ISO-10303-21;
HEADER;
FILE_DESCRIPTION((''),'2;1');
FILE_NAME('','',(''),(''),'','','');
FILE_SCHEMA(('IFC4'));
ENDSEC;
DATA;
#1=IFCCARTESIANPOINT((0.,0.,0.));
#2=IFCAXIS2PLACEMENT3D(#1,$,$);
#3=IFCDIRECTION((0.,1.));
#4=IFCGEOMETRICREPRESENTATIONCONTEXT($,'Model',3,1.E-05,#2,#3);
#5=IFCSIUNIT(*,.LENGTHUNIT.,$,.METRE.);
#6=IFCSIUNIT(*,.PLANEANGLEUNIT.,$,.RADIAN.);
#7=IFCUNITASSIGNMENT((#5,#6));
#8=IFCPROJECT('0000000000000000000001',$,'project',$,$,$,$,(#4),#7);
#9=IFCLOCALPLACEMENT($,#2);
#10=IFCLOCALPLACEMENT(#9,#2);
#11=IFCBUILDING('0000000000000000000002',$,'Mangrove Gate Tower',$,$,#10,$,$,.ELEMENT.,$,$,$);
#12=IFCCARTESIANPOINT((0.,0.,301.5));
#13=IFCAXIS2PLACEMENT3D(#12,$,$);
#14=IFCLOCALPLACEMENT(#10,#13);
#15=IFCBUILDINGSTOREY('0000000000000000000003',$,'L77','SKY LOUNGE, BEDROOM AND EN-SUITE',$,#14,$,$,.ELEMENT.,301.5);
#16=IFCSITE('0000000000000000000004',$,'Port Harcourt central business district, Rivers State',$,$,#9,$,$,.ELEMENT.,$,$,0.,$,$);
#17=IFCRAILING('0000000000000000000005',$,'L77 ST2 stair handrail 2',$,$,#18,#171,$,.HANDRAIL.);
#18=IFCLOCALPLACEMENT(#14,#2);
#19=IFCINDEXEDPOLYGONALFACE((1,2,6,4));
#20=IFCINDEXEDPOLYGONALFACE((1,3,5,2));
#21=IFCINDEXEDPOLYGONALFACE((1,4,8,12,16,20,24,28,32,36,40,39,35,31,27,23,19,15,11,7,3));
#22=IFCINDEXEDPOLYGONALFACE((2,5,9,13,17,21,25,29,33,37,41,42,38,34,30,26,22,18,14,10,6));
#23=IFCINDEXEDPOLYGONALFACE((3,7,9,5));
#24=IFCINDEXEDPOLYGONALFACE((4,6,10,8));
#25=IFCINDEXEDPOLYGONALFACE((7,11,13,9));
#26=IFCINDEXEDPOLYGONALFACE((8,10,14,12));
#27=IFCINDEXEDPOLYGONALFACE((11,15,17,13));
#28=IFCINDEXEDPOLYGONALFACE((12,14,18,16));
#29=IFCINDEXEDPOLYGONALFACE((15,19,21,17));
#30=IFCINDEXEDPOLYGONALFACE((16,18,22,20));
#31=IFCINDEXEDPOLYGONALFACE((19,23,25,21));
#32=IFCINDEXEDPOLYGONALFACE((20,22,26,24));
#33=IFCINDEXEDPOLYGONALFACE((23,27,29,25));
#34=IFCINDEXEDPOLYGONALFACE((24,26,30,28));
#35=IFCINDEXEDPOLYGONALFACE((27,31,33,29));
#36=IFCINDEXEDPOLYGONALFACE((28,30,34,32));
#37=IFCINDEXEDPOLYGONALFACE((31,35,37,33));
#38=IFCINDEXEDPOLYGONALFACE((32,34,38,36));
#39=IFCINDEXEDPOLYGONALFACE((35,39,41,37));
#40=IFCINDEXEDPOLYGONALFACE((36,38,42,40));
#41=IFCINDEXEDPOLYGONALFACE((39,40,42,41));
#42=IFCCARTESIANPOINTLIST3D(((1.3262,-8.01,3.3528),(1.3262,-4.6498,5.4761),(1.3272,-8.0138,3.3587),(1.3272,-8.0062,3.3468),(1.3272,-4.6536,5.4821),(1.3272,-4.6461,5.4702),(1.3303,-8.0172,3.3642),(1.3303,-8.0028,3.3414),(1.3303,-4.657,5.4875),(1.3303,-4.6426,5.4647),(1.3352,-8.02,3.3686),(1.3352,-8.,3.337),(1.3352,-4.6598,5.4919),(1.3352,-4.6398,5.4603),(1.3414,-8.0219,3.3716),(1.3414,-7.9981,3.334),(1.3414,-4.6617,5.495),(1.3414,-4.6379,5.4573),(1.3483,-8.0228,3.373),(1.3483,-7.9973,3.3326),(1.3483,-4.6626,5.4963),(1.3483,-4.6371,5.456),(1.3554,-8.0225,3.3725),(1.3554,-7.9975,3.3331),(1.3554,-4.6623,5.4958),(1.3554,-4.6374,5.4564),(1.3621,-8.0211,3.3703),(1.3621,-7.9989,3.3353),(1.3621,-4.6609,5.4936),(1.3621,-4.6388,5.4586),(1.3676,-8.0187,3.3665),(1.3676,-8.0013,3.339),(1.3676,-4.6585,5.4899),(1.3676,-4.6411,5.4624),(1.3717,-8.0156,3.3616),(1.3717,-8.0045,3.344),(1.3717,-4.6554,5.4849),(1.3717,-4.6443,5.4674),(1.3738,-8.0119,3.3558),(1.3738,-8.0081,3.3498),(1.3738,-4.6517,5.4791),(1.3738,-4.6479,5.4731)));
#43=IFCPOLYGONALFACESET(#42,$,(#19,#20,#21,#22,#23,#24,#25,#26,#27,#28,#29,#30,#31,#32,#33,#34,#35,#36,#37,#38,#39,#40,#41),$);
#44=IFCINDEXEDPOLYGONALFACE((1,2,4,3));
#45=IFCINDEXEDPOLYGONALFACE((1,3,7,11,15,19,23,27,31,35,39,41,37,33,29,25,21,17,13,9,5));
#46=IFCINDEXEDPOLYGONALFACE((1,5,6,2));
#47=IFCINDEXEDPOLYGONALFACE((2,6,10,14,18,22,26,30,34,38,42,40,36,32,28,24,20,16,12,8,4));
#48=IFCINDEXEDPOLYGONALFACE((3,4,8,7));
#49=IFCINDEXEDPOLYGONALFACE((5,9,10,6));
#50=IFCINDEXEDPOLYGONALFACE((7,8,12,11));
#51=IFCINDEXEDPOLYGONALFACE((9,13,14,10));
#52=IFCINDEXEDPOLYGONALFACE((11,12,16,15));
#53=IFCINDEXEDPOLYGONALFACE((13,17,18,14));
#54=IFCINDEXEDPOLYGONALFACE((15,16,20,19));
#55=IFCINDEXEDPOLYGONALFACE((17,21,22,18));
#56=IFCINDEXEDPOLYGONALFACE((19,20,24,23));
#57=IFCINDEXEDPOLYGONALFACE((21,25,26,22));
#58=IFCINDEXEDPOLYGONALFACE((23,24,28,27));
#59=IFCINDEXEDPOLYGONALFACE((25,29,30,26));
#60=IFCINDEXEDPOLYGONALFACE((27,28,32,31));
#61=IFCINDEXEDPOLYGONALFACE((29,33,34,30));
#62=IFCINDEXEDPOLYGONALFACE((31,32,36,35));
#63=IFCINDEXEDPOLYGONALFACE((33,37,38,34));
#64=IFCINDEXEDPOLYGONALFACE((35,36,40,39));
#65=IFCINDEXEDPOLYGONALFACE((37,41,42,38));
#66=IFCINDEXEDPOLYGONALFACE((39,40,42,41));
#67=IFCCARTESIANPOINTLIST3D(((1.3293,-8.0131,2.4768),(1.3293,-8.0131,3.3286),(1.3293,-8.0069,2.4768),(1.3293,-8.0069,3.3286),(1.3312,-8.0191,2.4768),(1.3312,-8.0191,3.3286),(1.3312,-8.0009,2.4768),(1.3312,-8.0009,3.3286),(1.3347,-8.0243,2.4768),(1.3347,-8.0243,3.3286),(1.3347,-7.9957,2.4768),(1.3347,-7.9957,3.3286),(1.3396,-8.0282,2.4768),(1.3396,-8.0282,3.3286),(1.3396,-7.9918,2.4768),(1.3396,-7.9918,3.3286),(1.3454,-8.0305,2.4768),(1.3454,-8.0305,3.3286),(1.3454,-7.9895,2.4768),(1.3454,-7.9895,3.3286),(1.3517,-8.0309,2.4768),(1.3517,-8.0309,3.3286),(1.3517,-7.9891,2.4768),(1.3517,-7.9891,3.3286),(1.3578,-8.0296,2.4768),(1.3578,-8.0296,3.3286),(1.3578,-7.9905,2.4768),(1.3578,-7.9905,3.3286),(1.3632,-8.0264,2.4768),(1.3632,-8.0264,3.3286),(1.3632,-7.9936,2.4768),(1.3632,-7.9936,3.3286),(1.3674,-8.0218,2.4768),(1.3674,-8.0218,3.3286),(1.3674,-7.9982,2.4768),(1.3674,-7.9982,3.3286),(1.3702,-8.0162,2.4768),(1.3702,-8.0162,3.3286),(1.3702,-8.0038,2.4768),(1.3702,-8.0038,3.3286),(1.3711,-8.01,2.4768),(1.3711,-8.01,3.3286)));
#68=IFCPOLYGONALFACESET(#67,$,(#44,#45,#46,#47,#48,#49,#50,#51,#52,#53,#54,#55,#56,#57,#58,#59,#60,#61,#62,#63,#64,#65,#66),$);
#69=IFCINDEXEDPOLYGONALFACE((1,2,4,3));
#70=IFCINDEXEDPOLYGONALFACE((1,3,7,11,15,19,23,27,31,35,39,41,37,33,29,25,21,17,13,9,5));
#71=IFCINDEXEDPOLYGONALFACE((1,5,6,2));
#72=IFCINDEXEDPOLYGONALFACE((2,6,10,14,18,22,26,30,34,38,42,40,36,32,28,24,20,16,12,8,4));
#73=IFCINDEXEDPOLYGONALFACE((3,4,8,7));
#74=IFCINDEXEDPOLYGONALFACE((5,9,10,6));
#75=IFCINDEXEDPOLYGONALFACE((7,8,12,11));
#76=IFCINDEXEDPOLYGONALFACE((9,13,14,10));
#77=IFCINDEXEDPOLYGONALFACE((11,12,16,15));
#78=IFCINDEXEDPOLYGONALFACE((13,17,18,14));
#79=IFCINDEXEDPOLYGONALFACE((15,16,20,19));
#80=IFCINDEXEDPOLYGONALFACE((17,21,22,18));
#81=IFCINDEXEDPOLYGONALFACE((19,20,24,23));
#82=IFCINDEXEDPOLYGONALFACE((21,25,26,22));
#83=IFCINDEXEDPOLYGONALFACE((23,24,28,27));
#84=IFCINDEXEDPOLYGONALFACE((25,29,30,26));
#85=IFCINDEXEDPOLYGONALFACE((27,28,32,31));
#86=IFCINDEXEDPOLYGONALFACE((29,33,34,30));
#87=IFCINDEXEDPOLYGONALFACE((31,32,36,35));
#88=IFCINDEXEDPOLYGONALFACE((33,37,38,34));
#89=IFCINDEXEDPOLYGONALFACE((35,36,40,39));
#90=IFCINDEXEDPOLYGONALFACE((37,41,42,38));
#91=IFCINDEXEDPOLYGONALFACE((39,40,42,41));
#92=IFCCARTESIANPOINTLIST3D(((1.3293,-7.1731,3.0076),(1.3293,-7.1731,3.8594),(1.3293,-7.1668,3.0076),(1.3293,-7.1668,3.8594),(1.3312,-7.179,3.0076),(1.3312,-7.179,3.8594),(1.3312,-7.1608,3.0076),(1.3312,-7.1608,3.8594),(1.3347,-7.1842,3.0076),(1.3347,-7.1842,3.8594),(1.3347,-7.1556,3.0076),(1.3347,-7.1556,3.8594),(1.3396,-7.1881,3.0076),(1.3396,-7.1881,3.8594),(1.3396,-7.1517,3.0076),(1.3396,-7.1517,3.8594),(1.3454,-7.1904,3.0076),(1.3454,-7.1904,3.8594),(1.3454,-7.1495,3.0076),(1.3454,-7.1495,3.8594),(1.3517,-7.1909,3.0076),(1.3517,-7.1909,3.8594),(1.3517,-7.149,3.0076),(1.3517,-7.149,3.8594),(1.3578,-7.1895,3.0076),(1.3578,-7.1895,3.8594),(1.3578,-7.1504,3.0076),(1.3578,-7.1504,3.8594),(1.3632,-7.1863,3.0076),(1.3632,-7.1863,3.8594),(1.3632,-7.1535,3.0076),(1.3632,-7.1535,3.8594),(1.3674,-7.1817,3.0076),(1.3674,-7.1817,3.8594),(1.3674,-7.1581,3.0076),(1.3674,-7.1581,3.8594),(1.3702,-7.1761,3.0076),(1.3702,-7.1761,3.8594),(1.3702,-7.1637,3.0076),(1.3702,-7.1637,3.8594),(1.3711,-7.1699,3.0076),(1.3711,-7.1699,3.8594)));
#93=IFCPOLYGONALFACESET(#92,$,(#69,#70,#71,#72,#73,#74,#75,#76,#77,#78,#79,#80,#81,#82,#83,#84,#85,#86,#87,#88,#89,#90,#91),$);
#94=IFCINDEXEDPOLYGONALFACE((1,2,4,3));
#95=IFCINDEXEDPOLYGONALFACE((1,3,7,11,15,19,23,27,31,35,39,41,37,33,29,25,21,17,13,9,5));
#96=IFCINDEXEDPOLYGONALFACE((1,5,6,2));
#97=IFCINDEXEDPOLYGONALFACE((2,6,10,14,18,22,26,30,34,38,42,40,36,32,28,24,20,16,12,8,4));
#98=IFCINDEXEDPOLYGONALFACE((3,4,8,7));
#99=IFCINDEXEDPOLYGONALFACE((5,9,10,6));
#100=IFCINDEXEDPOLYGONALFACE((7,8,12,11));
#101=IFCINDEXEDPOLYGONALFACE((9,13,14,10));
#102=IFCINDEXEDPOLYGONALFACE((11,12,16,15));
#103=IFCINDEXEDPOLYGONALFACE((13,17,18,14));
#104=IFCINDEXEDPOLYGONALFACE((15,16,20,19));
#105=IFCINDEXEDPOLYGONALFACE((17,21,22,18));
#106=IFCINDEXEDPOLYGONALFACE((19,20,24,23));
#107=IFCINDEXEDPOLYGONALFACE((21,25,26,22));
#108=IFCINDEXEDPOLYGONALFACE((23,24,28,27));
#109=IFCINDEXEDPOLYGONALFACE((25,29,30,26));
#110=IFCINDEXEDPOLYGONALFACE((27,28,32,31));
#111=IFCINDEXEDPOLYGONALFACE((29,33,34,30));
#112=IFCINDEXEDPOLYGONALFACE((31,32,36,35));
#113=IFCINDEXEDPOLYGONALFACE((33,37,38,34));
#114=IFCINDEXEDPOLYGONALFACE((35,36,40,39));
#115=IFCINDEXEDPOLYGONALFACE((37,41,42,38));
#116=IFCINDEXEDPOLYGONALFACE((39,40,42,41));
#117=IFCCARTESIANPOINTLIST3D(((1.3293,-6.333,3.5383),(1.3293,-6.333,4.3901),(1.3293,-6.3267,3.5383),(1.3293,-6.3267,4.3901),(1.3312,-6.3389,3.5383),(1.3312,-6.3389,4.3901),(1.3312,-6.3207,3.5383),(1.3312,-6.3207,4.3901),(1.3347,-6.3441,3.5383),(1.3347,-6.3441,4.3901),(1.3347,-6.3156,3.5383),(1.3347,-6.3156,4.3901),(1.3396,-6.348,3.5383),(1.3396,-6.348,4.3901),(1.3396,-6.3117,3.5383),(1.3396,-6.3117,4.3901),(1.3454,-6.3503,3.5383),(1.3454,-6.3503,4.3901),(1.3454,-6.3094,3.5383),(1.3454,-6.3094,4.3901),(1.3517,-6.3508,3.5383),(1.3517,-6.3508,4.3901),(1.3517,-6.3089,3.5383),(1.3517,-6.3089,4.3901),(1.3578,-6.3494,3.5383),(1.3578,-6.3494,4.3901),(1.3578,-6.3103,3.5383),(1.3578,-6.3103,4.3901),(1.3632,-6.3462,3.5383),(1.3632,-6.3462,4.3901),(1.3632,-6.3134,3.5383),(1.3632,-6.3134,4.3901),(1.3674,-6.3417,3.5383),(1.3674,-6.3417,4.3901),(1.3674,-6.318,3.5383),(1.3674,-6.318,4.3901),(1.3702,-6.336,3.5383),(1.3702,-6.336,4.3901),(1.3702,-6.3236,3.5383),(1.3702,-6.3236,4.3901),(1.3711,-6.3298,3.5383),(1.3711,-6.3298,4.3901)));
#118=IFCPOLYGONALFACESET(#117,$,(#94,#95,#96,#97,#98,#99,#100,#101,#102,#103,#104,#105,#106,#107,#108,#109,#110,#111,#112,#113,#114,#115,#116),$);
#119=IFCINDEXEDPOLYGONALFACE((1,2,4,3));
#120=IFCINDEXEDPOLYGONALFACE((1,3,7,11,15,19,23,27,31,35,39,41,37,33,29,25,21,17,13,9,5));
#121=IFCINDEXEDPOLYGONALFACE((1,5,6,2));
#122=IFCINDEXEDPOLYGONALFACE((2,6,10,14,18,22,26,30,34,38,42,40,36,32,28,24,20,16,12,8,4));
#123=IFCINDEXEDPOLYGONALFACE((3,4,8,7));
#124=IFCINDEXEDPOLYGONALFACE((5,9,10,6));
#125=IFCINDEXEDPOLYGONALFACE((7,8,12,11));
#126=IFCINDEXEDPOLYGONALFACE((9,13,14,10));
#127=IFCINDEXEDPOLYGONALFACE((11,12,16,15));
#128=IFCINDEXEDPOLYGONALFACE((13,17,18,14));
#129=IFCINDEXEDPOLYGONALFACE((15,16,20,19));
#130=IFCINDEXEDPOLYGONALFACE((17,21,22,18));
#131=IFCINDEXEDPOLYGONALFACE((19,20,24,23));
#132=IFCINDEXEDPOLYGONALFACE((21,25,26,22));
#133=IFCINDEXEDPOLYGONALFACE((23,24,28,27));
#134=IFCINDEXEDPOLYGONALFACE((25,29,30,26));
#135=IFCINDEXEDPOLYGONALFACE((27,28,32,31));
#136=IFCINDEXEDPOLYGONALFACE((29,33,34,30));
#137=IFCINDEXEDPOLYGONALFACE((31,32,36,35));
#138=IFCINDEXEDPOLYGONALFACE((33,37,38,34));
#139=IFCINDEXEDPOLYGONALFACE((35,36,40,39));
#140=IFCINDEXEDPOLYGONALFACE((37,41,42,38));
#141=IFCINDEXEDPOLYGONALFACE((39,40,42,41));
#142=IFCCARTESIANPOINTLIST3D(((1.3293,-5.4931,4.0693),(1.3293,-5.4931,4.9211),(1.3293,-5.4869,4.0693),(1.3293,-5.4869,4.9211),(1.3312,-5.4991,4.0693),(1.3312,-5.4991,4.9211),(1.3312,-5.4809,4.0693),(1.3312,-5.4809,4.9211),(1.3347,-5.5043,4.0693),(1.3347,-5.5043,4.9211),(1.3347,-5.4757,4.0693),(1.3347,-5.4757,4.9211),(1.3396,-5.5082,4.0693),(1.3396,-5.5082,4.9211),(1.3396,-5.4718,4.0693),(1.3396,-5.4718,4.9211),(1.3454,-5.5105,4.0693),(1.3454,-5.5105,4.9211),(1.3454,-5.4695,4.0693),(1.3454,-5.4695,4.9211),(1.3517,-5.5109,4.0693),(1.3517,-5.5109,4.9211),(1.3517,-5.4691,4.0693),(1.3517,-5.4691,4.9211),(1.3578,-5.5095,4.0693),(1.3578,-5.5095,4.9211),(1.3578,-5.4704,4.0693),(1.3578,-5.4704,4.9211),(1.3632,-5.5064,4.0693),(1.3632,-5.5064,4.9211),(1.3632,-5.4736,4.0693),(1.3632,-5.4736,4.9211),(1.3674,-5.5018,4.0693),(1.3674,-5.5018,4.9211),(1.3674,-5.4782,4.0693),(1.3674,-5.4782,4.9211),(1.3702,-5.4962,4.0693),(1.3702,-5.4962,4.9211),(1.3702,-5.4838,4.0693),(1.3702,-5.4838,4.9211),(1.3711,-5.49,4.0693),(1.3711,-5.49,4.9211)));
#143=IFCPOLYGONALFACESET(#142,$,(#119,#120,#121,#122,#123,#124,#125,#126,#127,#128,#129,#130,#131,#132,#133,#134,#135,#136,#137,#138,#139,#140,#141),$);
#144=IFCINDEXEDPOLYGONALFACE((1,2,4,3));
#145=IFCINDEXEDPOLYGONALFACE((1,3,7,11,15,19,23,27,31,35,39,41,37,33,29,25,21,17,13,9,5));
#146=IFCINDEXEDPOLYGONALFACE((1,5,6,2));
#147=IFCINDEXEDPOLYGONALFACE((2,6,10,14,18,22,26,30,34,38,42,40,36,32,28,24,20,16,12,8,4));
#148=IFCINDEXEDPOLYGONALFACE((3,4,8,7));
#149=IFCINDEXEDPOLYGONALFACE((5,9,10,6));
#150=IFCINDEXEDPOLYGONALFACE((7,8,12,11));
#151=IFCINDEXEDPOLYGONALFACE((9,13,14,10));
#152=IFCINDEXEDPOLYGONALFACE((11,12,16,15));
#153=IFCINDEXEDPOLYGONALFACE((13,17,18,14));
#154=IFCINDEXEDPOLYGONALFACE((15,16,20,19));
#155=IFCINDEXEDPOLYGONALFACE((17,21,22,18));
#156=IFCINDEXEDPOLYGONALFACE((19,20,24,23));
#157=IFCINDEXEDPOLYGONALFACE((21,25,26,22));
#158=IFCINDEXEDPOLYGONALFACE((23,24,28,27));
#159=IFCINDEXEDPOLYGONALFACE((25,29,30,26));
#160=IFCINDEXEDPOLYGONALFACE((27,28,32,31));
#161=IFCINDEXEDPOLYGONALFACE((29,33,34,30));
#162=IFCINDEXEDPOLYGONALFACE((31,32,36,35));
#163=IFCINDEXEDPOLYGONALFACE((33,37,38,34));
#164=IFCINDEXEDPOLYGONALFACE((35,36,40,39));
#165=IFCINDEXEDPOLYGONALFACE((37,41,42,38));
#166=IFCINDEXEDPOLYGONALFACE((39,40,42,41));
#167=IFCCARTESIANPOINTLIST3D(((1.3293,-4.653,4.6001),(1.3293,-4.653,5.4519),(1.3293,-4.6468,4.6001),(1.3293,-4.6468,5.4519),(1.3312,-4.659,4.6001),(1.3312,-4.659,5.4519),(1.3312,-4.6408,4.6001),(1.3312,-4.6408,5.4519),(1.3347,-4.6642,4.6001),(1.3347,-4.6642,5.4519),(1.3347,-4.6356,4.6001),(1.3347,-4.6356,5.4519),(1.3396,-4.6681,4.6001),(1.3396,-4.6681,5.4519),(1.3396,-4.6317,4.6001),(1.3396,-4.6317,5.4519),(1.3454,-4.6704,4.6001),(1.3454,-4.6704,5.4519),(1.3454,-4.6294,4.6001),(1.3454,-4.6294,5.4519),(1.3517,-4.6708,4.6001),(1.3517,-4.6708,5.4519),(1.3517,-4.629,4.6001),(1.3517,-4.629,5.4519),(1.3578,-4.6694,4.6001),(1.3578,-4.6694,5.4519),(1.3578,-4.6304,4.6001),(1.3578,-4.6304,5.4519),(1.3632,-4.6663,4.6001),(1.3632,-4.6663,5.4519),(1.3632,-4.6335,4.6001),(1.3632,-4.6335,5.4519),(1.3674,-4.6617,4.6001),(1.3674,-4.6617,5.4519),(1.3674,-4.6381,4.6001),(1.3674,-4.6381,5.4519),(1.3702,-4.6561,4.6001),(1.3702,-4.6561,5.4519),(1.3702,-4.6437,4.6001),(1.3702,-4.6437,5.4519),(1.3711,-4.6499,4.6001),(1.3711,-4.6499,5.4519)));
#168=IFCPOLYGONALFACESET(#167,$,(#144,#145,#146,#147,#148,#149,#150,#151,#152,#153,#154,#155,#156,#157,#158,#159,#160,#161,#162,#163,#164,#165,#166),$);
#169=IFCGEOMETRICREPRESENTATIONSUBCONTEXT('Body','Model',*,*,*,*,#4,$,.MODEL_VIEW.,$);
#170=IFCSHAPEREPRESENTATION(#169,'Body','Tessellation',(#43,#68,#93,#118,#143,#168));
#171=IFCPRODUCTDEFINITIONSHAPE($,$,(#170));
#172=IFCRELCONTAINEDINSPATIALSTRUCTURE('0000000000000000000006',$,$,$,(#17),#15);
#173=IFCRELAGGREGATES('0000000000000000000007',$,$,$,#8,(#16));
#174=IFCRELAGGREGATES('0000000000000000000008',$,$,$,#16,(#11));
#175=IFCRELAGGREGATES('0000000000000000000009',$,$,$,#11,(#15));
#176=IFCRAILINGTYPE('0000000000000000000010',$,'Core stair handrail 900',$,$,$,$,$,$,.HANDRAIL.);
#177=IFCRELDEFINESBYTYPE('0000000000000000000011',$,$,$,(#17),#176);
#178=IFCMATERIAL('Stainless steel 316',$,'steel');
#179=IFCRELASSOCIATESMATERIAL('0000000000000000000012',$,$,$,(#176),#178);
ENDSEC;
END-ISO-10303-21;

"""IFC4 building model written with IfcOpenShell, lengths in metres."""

from ifc_helpers import new_model, si_unit, direction, frame, origin, origin_2d, place, context, subcontext, project, spatial, circle, extrude, material, type_object, element, save


model = new_model("IFC4")

# Units and contexts
model_context = context("Model", 3, precision=1e-05, world=origin(), true_north=direction((0.0, 1.0)))
body_context = subcontext(model_context, "Body", "Model", "MODEL_VIEW")
ifc_project = project(units=[si_unit("LENGTHUNIT", "METRE"), si_unit("PLANEANGLEUNIT", "RADIAN")], contexts=[model_context])

# Site, building, storey
site_placement = place(None, origin())
site = spatial("IfcSite", under=ifc_project, at=site_placement, Name="Port Harcourt central business district, Rivers State", CompositionType="ELEMENT", RefElevation=0.0)
building_placement = place(site_placement, origin())
building = spatial("IfcBuilding", under=site, at=building_placement, Name="Mangrove Gate Tower", CompositionType="ELEMENT")
storey_placement = place(building_placement, frame((0.0, 0.0, 301.5)))
storey = spatial("IfcBuildingStorey", under=building, at=storey_placement, Name="L77", Description="SKY LOUNGE, BEDROOM AND EN-SUITE", CompositionType="ELEMENT", Elevation=301.5)

# Railing
ifc_material_1 = material(Name="Stainless steel 316", Category="steel")
railing_type_1 = type_object("IfcRailingType", Name="Core stair handrail 900", PredefinedType="HANDRAIL", material=ifc_material_1)
railing_1_placement = place(storey_placement, frame((1.3501, -8.01, 2.4768)))
element("IfcRailing", 1, at=railing_1_placement, inside=storey, type_object=railing_type_1, Name="L77 ST2 stair handrail 2", PredefinedType="HANDRAIL", context=body_context, shape_type="SweptSolid", body=[
    extrude(circle(Radius=0.0239, at=origin_2d()), frame((0.0, 0.0, 0.876), z_axis=(0.0, 0.845362, 0.534194), x_axis=(-1.0, 0.0, 0.0)), (0.0, 0.0, 1.0), 3.9749),
    extrude(circle(Radius=0.021, at=origin_2d()), origin(), (0.0, 0.0, 1.0), 0.8518),
    extrude(circle(Radius=0.021, at=origin_2d()), frame((0.0, 0.8401, 0.5308)), (0.0, 0.0, 1.0), 0.8518),
    extrude(circle(Radius=0.021, at=origin_2d()), frame((0.0, 1.6802, 1.0615)), (0.0, 0.0, 1.0), 0.8518),
    extrude(circle(Radius=0.021, at=origin_2d()), frame((0.0, 2.52, 1.5925)), (0.0, 0.0, 1.0), 0.8518),
    extrude(circle(Radius=0.021, at=origin_2d()), frame((0.0, 3.3601, 2.1233)), (0.0, 0.0, 1.0), 0.8518),
])

save(model, "model.ifc")
